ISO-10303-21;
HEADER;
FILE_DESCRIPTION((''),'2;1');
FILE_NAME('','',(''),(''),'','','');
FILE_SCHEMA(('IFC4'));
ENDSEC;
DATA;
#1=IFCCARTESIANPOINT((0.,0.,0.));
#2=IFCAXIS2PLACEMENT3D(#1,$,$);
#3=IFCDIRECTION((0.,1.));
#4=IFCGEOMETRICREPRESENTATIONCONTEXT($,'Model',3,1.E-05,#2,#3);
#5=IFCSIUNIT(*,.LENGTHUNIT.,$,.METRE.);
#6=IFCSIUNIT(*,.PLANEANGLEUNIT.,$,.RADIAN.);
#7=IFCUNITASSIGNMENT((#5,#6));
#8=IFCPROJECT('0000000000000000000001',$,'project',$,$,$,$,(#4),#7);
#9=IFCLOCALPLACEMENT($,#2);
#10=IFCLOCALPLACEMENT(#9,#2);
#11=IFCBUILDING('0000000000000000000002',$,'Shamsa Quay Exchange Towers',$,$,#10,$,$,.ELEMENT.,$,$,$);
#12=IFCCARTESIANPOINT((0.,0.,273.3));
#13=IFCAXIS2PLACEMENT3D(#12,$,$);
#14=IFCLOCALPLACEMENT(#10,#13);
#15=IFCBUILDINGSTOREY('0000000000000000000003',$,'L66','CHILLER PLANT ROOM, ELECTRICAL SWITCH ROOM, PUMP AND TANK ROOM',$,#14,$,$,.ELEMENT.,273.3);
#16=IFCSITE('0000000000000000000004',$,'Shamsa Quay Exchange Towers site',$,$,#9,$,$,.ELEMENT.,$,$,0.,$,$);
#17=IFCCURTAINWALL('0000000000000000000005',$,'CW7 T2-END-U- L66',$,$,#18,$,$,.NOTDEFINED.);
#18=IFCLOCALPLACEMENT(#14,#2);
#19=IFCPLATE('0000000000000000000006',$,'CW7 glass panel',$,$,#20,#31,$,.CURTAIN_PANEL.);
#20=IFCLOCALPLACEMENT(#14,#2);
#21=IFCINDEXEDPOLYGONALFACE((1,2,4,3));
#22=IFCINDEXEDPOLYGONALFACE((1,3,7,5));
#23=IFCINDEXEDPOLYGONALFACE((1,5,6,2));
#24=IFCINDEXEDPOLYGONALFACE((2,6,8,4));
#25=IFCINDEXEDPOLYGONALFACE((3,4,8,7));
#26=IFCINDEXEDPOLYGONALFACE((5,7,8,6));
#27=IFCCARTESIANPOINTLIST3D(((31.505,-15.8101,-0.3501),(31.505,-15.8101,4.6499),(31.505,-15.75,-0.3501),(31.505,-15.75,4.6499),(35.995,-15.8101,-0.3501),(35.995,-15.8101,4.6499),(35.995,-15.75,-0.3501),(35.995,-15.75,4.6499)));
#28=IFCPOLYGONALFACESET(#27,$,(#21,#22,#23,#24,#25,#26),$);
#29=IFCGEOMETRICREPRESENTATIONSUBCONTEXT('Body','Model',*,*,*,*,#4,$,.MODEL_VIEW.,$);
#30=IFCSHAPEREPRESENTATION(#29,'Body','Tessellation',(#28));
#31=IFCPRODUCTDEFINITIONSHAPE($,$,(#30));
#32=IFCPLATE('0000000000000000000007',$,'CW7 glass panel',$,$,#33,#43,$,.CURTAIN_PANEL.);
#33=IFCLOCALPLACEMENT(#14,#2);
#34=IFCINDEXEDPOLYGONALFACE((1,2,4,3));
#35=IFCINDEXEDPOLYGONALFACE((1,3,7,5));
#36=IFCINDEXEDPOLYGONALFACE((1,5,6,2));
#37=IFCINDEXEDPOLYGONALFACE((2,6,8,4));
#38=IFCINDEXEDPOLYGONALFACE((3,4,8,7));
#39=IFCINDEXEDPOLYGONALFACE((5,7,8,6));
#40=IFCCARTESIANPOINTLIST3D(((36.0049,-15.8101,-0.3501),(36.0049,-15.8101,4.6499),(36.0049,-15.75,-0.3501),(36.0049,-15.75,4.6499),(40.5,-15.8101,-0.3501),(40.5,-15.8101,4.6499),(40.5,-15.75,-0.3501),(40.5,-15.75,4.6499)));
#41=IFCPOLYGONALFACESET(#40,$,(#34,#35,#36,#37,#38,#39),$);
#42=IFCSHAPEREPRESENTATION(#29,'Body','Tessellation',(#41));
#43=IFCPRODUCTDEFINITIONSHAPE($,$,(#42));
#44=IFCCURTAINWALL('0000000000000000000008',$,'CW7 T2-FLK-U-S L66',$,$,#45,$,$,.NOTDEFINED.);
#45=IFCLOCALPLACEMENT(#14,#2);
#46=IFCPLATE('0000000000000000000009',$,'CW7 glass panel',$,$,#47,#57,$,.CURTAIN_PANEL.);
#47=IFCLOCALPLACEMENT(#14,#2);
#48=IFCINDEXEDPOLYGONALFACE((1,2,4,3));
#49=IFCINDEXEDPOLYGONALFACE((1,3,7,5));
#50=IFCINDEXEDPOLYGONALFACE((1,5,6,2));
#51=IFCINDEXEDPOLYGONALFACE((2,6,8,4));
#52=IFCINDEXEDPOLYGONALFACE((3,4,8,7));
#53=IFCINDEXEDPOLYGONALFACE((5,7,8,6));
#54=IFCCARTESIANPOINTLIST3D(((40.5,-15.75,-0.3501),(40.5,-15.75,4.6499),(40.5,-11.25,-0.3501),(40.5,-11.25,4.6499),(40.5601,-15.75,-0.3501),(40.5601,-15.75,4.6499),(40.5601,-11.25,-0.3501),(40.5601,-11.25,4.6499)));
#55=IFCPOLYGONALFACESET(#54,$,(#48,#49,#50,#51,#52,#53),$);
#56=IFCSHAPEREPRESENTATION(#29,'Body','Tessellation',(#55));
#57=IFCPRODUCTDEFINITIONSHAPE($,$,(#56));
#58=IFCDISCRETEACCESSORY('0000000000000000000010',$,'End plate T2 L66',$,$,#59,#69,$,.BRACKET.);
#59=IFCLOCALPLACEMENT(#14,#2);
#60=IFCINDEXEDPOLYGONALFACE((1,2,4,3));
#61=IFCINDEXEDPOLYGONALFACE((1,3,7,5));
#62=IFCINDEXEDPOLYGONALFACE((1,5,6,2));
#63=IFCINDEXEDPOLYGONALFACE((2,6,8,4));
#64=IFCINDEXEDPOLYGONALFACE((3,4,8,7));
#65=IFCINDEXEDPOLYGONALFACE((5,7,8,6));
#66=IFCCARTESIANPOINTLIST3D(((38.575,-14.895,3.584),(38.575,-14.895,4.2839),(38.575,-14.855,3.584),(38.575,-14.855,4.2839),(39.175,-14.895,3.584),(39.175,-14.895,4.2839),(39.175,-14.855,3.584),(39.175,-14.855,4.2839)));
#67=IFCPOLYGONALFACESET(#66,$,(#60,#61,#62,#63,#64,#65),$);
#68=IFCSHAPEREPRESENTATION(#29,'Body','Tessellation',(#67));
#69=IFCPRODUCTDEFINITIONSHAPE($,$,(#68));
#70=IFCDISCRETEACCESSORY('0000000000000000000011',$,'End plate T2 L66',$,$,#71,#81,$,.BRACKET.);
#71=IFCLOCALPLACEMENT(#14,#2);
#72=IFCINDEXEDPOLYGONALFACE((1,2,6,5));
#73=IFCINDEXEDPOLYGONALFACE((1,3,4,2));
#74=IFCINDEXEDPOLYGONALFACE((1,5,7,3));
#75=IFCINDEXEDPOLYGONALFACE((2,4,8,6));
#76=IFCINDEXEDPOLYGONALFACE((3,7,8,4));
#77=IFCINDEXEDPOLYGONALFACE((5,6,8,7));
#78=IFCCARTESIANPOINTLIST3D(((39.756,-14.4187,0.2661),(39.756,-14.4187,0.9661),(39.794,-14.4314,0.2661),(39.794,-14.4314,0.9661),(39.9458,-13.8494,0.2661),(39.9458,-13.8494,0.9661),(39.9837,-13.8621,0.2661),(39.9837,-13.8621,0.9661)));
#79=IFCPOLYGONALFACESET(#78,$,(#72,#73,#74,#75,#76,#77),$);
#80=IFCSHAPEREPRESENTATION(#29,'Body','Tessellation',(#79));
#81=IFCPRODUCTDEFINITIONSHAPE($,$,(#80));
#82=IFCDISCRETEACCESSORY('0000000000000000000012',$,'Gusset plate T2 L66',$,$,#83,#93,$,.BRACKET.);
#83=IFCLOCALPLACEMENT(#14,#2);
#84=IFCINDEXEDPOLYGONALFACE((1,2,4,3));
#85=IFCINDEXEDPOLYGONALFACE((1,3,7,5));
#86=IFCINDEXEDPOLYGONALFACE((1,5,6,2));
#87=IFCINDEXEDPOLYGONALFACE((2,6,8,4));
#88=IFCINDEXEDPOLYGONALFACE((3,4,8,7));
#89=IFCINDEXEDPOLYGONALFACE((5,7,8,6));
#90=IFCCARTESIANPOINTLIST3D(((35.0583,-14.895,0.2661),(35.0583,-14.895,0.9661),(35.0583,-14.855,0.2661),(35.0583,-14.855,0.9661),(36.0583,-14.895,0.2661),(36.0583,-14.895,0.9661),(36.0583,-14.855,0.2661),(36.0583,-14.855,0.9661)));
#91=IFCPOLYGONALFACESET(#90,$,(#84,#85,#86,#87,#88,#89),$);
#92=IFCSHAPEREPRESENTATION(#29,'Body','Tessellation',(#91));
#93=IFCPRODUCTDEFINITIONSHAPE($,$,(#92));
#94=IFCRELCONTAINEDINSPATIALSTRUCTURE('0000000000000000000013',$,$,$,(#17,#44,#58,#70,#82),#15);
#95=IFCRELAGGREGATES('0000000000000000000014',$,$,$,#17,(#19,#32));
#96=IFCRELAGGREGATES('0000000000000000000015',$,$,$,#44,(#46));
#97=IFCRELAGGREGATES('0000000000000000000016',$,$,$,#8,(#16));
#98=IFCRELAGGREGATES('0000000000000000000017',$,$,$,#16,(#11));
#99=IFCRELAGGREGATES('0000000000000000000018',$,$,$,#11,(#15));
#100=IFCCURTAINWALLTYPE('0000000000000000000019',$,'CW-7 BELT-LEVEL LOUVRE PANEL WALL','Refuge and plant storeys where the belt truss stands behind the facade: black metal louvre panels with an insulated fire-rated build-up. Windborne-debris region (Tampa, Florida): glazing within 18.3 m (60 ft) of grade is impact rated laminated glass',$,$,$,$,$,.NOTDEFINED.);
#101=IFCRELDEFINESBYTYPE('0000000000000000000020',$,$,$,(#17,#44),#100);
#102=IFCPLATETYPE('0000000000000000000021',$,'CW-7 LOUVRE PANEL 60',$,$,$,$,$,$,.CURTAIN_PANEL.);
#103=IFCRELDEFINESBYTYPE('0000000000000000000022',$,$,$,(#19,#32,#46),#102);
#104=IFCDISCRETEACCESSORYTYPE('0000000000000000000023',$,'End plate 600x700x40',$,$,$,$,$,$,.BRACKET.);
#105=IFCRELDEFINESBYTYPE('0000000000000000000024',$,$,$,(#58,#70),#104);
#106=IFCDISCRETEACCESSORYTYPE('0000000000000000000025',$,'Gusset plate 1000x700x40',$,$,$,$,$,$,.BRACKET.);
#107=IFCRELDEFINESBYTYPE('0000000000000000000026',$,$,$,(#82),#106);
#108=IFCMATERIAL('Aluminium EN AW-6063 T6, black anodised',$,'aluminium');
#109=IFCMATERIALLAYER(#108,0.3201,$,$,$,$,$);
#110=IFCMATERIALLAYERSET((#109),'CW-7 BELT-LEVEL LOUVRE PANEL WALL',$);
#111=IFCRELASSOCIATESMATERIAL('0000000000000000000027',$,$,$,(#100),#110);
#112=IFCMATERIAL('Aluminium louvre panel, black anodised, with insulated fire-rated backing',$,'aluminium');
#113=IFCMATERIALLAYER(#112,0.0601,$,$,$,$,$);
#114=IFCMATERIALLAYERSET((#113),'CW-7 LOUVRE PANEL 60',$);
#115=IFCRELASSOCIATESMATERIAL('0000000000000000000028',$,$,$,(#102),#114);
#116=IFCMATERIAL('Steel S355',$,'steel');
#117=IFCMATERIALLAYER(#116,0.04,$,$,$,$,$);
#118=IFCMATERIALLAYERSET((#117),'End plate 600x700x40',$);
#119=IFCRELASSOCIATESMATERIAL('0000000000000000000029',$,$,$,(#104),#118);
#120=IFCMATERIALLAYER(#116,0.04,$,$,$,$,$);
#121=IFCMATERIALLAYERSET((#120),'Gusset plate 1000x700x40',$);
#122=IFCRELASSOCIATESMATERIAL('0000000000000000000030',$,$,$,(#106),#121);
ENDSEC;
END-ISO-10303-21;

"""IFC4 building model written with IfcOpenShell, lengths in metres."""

from ifc_helpers import new_model, si_unit, direction, frame, origin, origin_2d, place, context, subcontext, project, spatial, rectangle, extrude, material, layer, layer_set, type_object, element, aggregate, save


model = new_model("IFC4")

# Units and contexts
model_context = context("Model", 3, precision=1e-05, world=origin(), true_north=direction((0.0, 1.0)))
body_context = subcontext(model_context, "Body", "Model", "MODEL_VIEW")
ifc_project = project(units=[si_unit("LENGTHUNIT", "METRE"), si_unit("PLANEANGLEUNIT", "RADIAN")], contexts=[model_context])

# Site, building, storey
site_placement = place(None, origin())
site = spatial("IfcSite", under=ifc_project, at=site_placement, Name="Shamsa Quay Exchange Towers site", CompositionType="ELEMENT", RefElevation=0.0)
building_placement = place(site_placement, origin())
building = spatial("IfcBuilding", under=site, at=building_placement, Name="Shamsa Quay Exchange Towers", CompositionType="ELEMENT")
storey_placement = place(building_placement, frame((0.0, 0.0, 273.3)))
storey = spatial("IfcBuildingStorey", under=building, at=storey_placement, Name="L66", Description="CHILLER PLANT ROOM, ELECTRICAL SWITCH ROOM, PUMP AND TANK ROOM", CompositionType="ELEMENT", Elevation=273.3)

# Shared definitions
ifc_material_1 = material(Name="Steel S355", Category="steel")

# Curtain wall, plates
ifc_material_2 = material(Name="Aluminium EN AW-6063 T6, black anodised", Category="aluminium")
ifc_layer_1 = layer(ifc_material_2, 0.3201)
ifc_layer_set_1 = layer_set([ifc_layer_1], Name="CW-7 BELT-LEVEL LOUVRE PANEL WALL")
curtain_wall_type = type_object("IfcCurtainWallType", Name="CW-7 BELT-LEVEL LOUVRE PANEL WALL", Description="Refuge and plant storeys where the belt truss stands behind the facade: black metal louvre panels with an insulated fire-rated build-up. Windborne-debris region (Tampa, Florida): glazing within 18.3 m (60 ft) of grade is impact rated laminated glass", PredefinedType="NOTDEFINED", material=ifc_layer_set_1)
curtain_wall_1_placement = place(storey_placement, origin())
curtain_wall_1 = element("IfcCurtainWall", 1, at=curtain_wall_1_placement, inside=storey, type_object=curtain_wall_type, Name="CW7 T2-END-U- L66", PredefinedType="NOTDEFINED")
ifc_material_3 = material(Name="Aluminium louvre panel, black anodised, with insulated fire-rated backing", Category="aluminium")
ifc_layer_2 = layer(ifc_material_3, 0.0601)
ifc_layer_set_2 = layer_set([ifc_layer_2], Name="CW-7 LOUVRE PANEL 60")
plate_type = type_object("IfcPlateType", Name="CW-7 LOUVRE PANEL 60", PredefinedType="CURTAIN_PANEL", material=ifc_layer_set_2)
plate_1_placement = place(storey_placement, frame((33.75, -15.78, -0.3501)))
plate_1 = element("IfcPlate", 2, at=plate_1_placement, type_object=plate_type, Name="CW7 glass panel", PredefinedType="CURTAIN_PANEL", context=body_context, shape_type="SweptSolid", body=[
    extrude(rectangle(XDim=4.49, YDim=0.0601, at=origin_2d()), origin(), (0.0, 0.0, 1.0), 5.0),
])
plate_2_placement = place(storey_placement, frame((38.2524, -15.78, -0.3501)))
plate_2 = element("IfcPlate", 3, at=plate_2_placement, type_object=plate_type, Name="CW7 glass panel", PredefinedType="CURTAIN_PANEL", context=body_context, shape_type="SweptSolid", body=[
    extrude(rectangle(XDim=4.4951, YDim=0.0601, at=origin_2d()), origin(), (0.0, 0.0, 1.0), 5.0),
])
aggregate(curtain_wall_1, [plate_1, plate_2])

# Curtain wall, plate
curtain_wall_2_placement = place(storey_placement, origin())
curtain_wall_2 = element("IfcCurtainWall", 4, at=curtain_wall_2_placement, inside=storey, type_object=curtain_wall_type, Name="CW7 T2-FLK-U-S L66", PredefinedType="NOTDEFINED")
plate_3_placement = place(storey_placement, frame((40.53, -13.5, -0.3501), z_axis=(0.0, 0.0, 1.0), x_axis=(0.0, 1.0, 0.0)))
plate_3 = element("IfcPlate", 5, at=plate_3_placement, type_object=plate_type, Name="CW7 glass panel", PredefinedType="CURTAIN_PANEL", context=body_context, shape_type="SweptSolid", body=[
    extrude(rectangle(XDim=4.5, YDim=0.0601, at=origin_2d()), origin(), (0.0, 0.0, 1.0), 5.0),
])
aggregate(curtain_wall_2, [plate_3])

# Discrete accessories
ifc_layer_3 = layer(ifc_material_1, 0.04)
ifc_layer_set_3 = layer_set([ifc_layer_3], Name="End plate 600x700x40")
discrete_accessory_type_1 = type_object("IfcDiscreteAccessoryType", Name="End plate 600x700x40", PredefinedType="BRACKET", material=ifc_layer_set_3)
discrete_accessory_1_placement = place(storey_placement, frame((38.875, -14.875, 3.584)))
element("IfcDiscreteAccessory", 6, at=discrete_accessory_1_placement, inside=storey, type_object=discrete_accessory_type_1, Name="End plate T2 L66", PredefinedType="BRACKET", context=body_context, shape_type="SweptSolid", body=[
    extrude(rectangle(XDim=0.6001, YDim=0.04, at=origin_2d()), origin(), (0.0, 0.0, 1.0), 0.7),
])
discrete_accessory_2_placement = place(storey_placement, frame((39.8699, -14.1404, 0.2661), z_axis=(0.0, 0.0, 1.0), x_axis=(0.316228, 0.948683, 0.0)))
element("IfcDiscreteAccessory", 7, at=discrete_accessory_2_placement, inside=storey, type_object=discrete_accessory_type_1, Name="End plate T2 L66", PredefinedType="BRACKET", context=body_context, shape_type="SweptSolid", body=[
    extrude(rectangle(XDim=0.6001, YDim=0.04, at=origin_2d()), origin(), (0.0, 0.0, 1.0), 0.7),
])
ifc_layer_4 = layer(ifc_material_1, 0.04)
ifc_layer_set_4 = layer_set([ifc_layer_4], Name="Gusset plate 1000x700x40")
discrete_accessory_type_2 = type_object("IfcDiscreteAccessoryType", Name="Gusset plate 1000x700x40", PredefinedType="BRACKET", material=ifc_layer_set_4)
discrete_accessory_3_placement = place(storey_placement, frame((35.5583, -14.875, 0.2661)))
element("IfcDiscreteAccessory", 8, at=discrete_accessory_3_placement, inside=storey, type_object=discrete_accessory_type_2, Name="Gusset plate T2 L66", PredefinedType="BRACKET", context=body_context, shape_type="SweptSolid", body=[
    extrude(rectangle(XDim=1.0, YDim=0.04, at=origin_2d()), origin(), (0.0, 0.0, 1.0), 0.7),
])

save(model, "model.ifc")
